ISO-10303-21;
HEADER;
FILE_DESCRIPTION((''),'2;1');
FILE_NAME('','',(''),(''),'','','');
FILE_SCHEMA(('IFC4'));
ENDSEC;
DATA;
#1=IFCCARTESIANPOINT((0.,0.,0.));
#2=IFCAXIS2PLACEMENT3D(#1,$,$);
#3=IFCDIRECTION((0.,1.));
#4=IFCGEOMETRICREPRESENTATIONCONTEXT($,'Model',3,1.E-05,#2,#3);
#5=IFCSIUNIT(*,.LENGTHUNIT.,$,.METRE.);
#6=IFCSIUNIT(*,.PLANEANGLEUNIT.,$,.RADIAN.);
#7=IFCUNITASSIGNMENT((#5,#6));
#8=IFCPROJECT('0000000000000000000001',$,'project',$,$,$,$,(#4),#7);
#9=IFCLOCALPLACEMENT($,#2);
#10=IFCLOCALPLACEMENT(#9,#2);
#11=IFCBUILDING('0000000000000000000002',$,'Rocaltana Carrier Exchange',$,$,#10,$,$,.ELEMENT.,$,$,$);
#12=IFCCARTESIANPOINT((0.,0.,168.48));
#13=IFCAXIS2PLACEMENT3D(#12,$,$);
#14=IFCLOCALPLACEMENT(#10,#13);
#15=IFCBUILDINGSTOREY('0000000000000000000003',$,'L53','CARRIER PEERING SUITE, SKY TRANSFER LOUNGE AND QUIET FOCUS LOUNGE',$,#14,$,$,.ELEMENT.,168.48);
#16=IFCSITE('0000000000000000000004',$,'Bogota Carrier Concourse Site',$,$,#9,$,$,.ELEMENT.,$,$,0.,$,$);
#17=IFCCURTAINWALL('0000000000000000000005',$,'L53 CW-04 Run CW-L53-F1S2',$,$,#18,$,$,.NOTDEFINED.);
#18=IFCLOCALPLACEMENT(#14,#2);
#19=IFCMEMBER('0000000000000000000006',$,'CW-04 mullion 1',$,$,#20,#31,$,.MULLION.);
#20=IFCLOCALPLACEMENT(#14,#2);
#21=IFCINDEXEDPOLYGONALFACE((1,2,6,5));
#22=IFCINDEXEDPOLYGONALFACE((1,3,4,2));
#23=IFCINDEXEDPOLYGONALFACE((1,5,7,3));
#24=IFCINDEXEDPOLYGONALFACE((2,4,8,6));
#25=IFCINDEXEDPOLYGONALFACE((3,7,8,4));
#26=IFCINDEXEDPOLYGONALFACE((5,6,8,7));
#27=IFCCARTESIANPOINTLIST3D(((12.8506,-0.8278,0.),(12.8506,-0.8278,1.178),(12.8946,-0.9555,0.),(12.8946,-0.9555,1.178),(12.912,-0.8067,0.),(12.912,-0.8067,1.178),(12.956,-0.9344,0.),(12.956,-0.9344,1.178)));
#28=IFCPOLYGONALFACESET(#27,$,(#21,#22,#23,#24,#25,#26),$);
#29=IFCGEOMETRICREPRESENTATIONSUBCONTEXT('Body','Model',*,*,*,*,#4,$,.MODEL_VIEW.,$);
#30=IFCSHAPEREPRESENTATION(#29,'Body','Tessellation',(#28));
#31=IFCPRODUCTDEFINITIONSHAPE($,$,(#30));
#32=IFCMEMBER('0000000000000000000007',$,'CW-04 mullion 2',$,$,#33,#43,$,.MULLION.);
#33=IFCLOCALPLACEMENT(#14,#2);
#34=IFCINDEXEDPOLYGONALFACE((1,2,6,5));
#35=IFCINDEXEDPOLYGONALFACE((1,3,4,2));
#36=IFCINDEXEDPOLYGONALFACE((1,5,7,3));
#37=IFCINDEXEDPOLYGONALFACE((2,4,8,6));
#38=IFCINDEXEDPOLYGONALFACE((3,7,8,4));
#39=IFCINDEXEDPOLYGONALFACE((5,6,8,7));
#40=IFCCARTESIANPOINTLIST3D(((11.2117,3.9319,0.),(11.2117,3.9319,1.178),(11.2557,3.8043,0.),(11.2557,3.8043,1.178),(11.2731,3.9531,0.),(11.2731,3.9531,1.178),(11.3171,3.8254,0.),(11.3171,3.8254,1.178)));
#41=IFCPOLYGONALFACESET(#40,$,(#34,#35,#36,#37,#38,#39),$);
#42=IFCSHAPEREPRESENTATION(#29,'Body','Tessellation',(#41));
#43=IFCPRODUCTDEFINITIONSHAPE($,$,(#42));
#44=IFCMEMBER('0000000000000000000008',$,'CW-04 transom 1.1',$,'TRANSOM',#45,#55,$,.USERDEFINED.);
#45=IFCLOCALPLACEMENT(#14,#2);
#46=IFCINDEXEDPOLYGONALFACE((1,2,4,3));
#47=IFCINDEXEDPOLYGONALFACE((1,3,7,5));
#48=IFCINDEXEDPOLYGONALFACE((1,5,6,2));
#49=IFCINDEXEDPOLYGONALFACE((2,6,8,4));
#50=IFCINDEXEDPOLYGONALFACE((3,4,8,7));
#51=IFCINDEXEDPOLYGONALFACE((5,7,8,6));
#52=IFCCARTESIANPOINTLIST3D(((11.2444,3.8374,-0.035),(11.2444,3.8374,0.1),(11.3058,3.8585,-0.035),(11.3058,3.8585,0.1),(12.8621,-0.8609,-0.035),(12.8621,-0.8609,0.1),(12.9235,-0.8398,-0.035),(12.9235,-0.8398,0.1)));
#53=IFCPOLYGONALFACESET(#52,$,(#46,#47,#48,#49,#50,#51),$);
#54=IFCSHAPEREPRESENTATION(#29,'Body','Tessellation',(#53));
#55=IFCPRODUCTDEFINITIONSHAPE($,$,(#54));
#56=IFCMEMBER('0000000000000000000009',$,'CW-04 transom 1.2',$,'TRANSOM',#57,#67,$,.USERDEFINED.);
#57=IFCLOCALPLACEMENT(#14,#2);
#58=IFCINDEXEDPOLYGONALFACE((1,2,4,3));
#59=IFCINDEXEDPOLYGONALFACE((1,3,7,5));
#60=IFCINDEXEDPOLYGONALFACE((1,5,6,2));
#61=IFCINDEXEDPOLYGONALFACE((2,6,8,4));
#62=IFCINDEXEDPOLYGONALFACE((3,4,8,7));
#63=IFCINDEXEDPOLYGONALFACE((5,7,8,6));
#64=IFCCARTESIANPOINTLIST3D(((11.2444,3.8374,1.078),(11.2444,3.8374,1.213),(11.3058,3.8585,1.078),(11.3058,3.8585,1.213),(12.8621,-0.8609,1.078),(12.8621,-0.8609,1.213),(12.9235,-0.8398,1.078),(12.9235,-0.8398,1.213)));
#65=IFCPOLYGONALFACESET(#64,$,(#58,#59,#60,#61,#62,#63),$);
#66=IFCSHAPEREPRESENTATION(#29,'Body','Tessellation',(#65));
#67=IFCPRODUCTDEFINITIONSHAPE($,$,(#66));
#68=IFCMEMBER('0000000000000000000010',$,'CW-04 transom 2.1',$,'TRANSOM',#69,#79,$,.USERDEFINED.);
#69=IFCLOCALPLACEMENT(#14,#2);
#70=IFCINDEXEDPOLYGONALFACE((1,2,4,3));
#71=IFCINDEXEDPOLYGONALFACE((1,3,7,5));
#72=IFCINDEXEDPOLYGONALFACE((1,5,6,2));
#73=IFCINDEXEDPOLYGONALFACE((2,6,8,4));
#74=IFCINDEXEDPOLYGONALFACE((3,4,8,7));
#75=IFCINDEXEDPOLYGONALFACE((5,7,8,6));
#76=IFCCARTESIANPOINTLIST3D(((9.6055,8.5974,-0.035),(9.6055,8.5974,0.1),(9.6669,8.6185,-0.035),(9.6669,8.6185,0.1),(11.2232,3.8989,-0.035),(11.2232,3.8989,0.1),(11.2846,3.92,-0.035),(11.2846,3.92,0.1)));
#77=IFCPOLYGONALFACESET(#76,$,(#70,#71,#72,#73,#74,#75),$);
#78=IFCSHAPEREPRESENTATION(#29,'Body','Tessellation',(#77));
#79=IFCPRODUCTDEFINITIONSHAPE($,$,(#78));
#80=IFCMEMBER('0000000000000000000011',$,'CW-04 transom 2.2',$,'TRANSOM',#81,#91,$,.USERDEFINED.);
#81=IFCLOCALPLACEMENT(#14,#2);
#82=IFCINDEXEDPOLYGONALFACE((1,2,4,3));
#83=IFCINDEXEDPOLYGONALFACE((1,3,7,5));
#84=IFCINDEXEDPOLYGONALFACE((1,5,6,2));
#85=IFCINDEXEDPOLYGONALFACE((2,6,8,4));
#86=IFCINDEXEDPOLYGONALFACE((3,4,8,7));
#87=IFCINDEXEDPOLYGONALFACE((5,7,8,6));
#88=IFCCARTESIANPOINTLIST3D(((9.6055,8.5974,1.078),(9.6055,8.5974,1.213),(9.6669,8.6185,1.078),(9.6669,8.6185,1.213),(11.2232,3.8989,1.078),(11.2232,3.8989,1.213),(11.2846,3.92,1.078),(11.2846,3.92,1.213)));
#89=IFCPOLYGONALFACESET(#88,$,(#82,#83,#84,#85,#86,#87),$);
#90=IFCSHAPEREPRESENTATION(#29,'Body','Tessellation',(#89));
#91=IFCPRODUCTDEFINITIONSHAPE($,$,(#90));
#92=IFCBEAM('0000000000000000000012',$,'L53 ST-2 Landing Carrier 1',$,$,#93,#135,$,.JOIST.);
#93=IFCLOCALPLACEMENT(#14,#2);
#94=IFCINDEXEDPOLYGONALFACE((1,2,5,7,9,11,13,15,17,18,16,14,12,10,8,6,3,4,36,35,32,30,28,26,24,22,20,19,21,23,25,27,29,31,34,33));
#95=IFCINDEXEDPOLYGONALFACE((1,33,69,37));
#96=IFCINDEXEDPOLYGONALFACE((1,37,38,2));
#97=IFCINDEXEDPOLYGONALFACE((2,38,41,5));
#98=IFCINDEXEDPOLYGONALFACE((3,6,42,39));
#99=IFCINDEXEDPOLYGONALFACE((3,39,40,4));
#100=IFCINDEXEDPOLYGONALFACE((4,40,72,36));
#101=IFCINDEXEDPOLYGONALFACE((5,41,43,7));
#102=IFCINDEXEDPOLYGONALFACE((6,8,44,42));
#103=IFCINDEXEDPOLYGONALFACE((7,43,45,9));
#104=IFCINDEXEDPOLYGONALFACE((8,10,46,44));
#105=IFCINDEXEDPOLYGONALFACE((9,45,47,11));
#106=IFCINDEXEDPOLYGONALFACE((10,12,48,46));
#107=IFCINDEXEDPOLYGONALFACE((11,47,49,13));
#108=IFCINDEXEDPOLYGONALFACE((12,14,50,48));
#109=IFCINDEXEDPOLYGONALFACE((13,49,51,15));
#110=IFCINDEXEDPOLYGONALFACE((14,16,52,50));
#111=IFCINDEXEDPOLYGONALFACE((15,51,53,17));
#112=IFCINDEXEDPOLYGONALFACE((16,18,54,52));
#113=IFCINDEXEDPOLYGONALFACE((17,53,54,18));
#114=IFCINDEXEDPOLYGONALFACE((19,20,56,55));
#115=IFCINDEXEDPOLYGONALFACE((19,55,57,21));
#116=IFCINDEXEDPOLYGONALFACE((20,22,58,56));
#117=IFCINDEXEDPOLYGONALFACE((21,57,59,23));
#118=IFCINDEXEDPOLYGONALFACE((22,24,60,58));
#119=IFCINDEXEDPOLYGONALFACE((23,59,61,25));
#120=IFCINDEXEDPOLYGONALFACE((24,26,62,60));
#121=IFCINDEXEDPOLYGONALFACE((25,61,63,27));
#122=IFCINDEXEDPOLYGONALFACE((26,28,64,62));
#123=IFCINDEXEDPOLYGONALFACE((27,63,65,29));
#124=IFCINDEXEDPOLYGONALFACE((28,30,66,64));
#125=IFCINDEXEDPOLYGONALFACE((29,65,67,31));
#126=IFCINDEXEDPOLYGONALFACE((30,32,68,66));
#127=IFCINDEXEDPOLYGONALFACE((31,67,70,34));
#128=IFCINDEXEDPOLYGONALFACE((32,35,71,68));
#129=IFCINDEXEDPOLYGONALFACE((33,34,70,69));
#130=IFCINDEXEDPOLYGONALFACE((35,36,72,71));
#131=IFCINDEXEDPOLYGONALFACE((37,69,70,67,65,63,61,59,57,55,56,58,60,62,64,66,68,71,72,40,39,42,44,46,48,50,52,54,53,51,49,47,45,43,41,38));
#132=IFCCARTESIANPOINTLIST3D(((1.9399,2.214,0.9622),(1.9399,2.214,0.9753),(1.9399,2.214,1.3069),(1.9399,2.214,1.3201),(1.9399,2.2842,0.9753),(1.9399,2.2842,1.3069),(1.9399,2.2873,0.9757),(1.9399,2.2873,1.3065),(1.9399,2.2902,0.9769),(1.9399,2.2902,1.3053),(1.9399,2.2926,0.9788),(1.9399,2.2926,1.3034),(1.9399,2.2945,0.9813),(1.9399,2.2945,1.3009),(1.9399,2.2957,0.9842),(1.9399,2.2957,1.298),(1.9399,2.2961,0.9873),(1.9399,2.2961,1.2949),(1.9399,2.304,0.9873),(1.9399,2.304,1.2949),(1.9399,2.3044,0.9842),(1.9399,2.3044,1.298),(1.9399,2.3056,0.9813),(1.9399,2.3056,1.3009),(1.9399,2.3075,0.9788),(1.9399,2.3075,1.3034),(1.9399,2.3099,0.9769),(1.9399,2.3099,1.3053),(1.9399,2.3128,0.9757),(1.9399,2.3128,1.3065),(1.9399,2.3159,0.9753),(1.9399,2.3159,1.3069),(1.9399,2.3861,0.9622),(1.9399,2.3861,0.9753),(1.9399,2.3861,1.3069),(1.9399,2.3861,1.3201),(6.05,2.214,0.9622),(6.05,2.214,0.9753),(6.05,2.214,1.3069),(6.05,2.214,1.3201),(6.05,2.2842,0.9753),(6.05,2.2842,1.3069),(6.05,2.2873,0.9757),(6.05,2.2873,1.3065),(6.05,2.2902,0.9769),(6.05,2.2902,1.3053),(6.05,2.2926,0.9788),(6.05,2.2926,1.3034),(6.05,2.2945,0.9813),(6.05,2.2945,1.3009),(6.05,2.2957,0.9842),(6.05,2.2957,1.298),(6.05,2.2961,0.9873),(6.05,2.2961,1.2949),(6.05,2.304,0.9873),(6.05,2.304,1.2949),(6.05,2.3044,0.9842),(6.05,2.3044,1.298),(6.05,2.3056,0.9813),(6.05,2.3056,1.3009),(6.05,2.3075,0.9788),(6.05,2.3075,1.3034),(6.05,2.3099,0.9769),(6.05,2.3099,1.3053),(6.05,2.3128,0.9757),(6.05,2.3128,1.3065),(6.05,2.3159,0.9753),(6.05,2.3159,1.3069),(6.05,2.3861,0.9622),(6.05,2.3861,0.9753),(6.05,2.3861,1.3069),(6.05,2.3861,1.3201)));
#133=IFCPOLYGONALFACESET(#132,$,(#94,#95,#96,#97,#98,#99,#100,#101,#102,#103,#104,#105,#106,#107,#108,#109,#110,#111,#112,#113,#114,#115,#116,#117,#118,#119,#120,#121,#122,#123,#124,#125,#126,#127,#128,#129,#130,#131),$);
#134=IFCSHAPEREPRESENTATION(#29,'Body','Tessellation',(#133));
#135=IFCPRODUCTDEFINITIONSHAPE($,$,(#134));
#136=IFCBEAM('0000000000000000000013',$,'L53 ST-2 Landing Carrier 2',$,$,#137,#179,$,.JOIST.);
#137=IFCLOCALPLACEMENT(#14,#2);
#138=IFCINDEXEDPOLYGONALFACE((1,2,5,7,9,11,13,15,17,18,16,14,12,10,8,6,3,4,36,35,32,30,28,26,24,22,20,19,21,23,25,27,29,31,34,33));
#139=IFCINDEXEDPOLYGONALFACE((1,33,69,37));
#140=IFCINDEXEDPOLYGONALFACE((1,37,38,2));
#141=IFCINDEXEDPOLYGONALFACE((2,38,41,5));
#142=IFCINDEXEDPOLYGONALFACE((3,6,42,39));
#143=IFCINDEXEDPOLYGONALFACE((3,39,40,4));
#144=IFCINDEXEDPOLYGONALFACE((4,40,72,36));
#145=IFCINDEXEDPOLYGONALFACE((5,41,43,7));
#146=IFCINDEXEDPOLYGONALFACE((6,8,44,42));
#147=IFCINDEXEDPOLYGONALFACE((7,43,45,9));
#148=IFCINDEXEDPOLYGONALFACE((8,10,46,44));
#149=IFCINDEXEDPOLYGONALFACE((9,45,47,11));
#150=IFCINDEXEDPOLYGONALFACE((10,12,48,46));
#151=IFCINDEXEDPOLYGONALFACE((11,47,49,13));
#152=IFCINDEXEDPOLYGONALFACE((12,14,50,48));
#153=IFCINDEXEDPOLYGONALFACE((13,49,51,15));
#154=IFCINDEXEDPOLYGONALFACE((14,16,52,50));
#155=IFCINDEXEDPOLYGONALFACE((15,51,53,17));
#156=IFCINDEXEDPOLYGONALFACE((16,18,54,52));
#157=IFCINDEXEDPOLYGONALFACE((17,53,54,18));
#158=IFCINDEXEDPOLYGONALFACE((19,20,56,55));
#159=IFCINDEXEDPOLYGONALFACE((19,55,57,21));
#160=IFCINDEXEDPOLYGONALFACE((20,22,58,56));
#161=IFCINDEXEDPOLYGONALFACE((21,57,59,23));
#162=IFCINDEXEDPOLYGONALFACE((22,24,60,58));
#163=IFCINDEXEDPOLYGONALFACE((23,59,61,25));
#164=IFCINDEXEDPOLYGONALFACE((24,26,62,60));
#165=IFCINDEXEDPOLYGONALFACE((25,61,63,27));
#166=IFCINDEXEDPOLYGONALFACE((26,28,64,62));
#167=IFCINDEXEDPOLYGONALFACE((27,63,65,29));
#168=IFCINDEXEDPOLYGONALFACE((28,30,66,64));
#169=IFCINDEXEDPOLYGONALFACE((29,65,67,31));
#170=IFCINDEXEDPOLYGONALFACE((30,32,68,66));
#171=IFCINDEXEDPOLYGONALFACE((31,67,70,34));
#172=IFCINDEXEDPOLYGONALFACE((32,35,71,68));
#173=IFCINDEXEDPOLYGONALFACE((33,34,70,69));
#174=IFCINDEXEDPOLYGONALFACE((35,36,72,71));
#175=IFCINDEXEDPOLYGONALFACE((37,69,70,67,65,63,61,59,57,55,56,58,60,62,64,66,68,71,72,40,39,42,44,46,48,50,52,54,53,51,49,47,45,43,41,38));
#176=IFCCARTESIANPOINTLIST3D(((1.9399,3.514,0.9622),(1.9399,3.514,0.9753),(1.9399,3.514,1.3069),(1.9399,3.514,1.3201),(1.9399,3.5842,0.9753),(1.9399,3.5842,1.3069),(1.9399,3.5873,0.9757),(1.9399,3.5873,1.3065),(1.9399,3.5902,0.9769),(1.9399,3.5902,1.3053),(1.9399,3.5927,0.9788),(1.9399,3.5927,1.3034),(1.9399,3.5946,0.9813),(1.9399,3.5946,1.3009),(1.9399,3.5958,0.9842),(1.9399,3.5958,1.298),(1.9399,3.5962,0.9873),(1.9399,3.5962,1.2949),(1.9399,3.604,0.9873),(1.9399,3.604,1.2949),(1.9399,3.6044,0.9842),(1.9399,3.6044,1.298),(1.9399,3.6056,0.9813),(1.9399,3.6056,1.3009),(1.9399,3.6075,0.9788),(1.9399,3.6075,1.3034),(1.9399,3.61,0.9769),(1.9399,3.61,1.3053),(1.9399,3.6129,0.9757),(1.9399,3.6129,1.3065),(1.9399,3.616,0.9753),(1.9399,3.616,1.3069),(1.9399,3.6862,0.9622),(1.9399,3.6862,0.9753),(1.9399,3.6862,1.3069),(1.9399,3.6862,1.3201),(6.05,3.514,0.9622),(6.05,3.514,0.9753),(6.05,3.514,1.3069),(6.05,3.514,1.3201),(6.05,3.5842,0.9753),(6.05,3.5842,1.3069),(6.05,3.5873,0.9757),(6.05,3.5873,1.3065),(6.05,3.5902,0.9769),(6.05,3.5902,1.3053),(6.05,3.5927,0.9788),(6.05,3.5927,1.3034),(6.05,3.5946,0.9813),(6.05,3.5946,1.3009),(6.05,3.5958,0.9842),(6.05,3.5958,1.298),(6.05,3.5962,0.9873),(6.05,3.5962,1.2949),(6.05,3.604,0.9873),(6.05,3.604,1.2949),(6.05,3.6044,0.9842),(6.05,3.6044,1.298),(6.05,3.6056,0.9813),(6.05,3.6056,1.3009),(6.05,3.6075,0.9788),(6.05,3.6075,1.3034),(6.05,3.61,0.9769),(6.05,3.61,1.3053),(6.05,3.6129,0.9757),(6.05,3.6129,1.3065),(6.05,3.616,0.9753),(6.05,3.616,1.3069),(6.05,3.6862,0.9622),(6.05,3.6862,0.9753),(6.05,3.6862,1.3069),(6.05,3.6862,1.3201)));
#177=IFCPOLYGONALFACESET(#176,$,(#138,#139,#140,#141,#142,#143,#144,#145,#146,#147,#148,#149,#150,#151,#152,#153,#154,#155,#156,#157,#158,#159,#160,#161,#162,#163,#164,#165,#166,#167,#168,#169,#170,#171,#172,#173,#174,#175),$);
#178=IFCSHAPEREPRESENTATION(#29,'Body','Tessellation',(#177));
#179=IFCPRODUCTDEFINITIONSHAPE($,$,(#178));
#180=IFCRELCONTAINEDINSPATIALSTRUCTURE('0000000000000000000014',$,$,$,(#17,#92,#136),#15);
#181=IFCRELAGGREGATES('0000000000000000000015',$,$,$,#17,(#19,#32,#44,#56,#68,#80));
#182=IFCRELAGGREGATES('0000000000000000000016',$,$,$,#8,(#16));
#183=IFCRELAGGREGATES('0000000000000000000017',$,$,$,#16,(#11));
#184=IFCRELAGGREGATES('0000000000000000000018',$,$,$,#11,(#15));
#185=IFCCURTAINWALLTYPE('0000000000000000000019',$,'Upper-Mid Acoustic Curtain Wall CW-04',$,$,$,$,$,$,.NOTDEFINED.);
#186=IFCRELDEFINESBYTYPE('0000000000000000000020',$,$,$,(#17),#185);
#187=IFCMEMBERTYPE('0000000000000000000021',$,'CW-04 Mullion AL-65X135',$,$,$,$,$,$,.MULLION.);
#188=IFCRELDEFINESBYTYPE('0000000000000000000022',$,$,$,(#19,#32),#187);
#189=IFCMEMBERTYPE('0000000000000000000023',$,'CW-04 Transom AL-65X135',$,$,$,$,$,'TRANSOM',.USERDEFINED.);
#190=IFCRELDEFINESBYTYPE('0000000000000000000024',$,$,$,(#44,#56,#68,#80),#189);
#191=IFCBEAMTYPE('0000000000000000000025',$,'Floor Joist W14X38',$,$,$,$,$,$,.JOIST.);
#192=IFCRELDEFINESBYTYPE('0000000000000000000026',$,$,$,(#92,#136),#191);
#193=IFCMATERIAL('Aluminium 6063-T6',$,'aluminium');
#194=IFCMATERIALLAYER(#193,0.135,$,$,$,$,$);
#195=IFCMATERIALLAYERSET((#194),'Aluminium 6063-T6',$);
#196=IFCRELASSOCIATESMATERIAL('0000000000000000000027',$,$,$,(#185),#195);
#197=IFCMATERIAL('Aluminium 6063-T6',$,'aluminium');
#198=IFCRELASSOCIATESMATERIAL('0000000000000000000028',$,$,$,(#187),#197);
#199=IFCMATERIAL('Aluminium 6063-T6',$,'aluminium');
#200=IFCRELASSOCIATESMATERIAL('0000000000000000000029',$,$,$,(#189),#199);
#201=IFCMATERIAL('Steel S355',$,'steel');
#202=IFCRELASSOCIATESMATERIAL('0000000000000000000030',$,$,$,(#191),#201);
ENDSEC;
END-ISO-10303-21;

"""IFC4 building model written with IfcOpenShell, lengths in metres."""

from ifc_helpers import new_model, si_unit, direction, frame, origin, origin_2d, place, context, subcontext, project, spatial, rectangle, i_section, extrude, material, layer, layer_set, material_profile, profile_set, type_object, element, aggregate, save


model = new_model("IFC4")

# Units and contexts
model_context = context("Model", 3, precision=1e-05, world=origin(), true_north=direction((0.0, 1.0)))
body_context = subcontext(model_context, "Body", "Model", "MODEL_VIEW")
ifc_project = project(units=[si_unit("LENGTHUNIT", "METRE"), si_unit("PLANEANGLEUNIT", "RADIAN")], contexts=[model_context])

# Site, building, storey
site_placement = place(None, origin())
site = spatial("IfcSite", under=ifc_project, at=site_placement, Name="Bogota Carrier Concourse Site", CompositionType="ELEMENT", RefElevation=0.0)
building_placement = place(site_placement, origin())
building = spatial("IfcBuilding", under=site, at=building_placement, Name="Rocaltana Carrier Exchange", CompositionType="ELEMENT")
storey_placement = place(building_placement, frame((0.0, 0.0, 168.48)))
storey = spatial("IfcBuildingStorey", under=building, at=storey_placement, Name="L53", Description="CARRIER PEERING SUITE, SKY TRANSFER LOUNGE AND QUIET FOCUS LOUNGE", CompositionType="ELEMENT", Elevation=168.48)

# Curtain wall, members
ifc_material_1 = material(Name="Aluminium 6063-T6", Category="aluminium")
ifc_layer_1 = layer(ifc_material_1, 0.135)
ifc_layer_set_1 = layer_set([ifc_layer_1], Name="Aluminium 6063-T6")
curtain_wall_type = type_object("IfcCurtainWallType", Name="Upper-Mid Acoustic Curtain Wall CW-04", PredefinedType="NOTDEFINED", material=ifc_layer_set_1)
curtain_wall_placement = place(storey_placement, origin())
curtain_wall = element("IfcCurtainWall", 1, at=curtain_wall_placement, inside=storey, type_object=curtain_wall_type, Name="L53 CW-04 Run CW-L53-F1S2", PredefinedType="NOTDEFINED")
ifc_material_2 = material(Name="Aluminium 6063-T6", Category="aluminium")
ifc_material_profile_1 = material_profile(ifc_material_2, rectangle(XDim=0.0649, YDim=0.135, at=origin_2d()), Name="AL-65X135")
ifc_profile_set_1 = profile_set([ifc_material_profile_1], Name="Aluminium 6063-T6")
member_type_1 = type_object("IfcMemberType", Name="CW-04 Mullion AL-65X135", PredefinedType="MULLION", material=ifc_profile_set_1)
member_1_placement = place(storey_placement, frame((12.9033, -0.8811, 0.0), z_axis=(0.0, 0.0, 1.0), x_axis=(-0.945521, -0.325562, 0.0)))
member_1 = element("IfcMember", 2, at=member_1_placement, type_object=member_type_1, Name="CW-04 mullion 1", PredefinedType="MULLION", context=body_context, shape_type="SweptSolid", body=[
    extrude(rectangle(XDim=0.0649, YDim=0.135, at=origin_2d()), origin(), (0.0, 0.0, 1.0), 1.178),
])
member_2_placement = place(storey_placement, frame((11.2644, 3.8787, 0.0), z_axis=(0.0, 0.0, 1.0), x_axis=(-0.945521, -0.325562, 0.0)))
member_2 = element("IfcMember", 3, at=member_2_placement, type_object=member_type_1, Name="CW-04 mullion 2", PredefinedType="MULLION", context=body_context, shape_type="SweptSolid", body=[
    extrude(rectangle(XDim=0.0649, YDim=0.135, at=origin_2d()), origin(), (0.0, 0.0, 1.0), 1.178),
])
ifc_material_3 = material(Name="Aluminium 6063-T6", Category="aluminium")
ifc_material_profile_2 = material_profile(ifc_material_3, rectangle(XDim=0.0649, YDim=0.135, at=origin_2d()), Name="AL-65X135")
ifc_profile_set_2 = profile_set([ifc_material_profile_2], Name="Aluminium 6063-T6")
member_type_2 = type_object("IfcMemberType", Name="CW-04 Transom AL-65X135", ElementType="TRANSOM", PredefinedType="USERDEFINED", material=ifc_profile_set_2)
member_3_placement = place(storey_placement, frame((12.8928, -0.8503, 0.0325), z_axis=(-0.325558, 0.945522, 0.0), x_axis=(-0.945522, -0.325558, 0.0)))
member_3 = element("IfcMember", 4, at=member_3_placement, type_object=member_type_2, Name="CW-04 transom 1.1", ObjectType="TRANSOM", PredefinedType="USERDEFINED", context=body_context, shape_type="SweptSolid", body=[
    extrude(rectangle(XDim=0.0649, YDim=0.135, at=origin_2d()), origin(), (0.0, 0.0, 1.0), 4.969),
])
member_4_placement = place(storey_placement, frame((12.8928, -0.8503, 1.1455), z_axis=(-0.325558, 0.945522, 0.0), x_axis=(-0.945522, -0.325558, 0.0)))
member_4 = element("IfcMember", 5, at=member_4_placement, type_object=member_type_2, Name="CW-04 transom 1.2", ObjectType="TRANSOM", PredefinedType="USERDEFINED", context=body_context, shape_type="SweptSolid", body=[
    extrude(rectangle(XDim=0.0649, YDim=0.135, at=origin_2d()), origin(), (0.0, 0.0, 1.0), 4.969),
])
member_5_placement = place(storey_placement, frame((11.2539, 3.9094, 0.0325), z_axis=(-0.325542, 0.945527, 0.0), x_axis=(-0.945527, -0.325542, 0.0)))
member_5 = element("IfcMember", 6, at=member_5_placement, type_object=member_type_2, Name="CW-04 transom 2.1", ObjectType="TRANSOM", PredefinedType="USERDEFINED", context=body_context, shape_type="SweptSolid", body=[
    extrude(rectangle(XDim=0.0649, YDim=0.135, at=origin_2d()), origin(), (0.0, 0.0, 1.0), 4.9692),
])
member_6_placement = place(storey_placement, frame((11.2539, 3.9094, 1.1455), z_axis=(-0.325542, 0.945527, 0.0), x_axis=(-0.945527, -0.325542, 0.0)))
member_6 = element("IfcMember", 7, at=member_6_placement, type_object=member_type_2, Name="CW-04 transom 2.2", ObjectType="TRANSOM", PredefinedType="USERDEFINED", context=body_context, shape_type="SweptSolid", body=[
    extrude(rectangle(XDim=0.0649, YDim=0.135, at=origin_2d()), origin(), (0.0, 0.0, 1.0), 4.9692),
])

# Beams
ifc_material_4 = material(Name="Steel S355", Category="steel")
ifc_material_profile_3 = material_profile(ifc_material_4, i_section(OverallWidth=0.1721, OverallDepth=0.3579, WebThickness=0.0078, FlangeThickness=0.0132, FilletRadius=0.012, at=origin_2d()), Name="W14X38")
ifc_profile_set_3 = profile_set([ifc_material_profile_3], Name="Steel S355")
beam_type_1 = type_object("IfcBeamType", Name="Floor Joist W14X38", PredefinedType="JOIST", material=ifc_profile_set_3)
for number, where, z_axis, x_axis, name in (
    (8, (1.9399, 2.3, 1.1411), (1.0, 0.0, 0.0), (0.0, 1.0, 0.0), "L53 ST-2 Landing Carrier 1"),
    (9, (1.9399, 3.6001, 1.1411), (1.0, 0.0, 0.0), (0.0, 1.0, 0.0), "L53 ST-2 Landing Carrier 2"),
):
    element("IfcBeam", number, at=place(storey_placement, frame(where, z_axis=z_axis, x_axis=x_axis)), inside=storey, type_object=beam_type_1, Name=name, PredefinedType="JOIST", context=body_context, shape_type="SweptSolid", body=[
        extrude(i_section(OverallWidth=0.1721, OverallDepth=0.3579, WebThickness=0.0078, FlangeThickness=0.0132, FilletRadius=0.012, at=origin_2d()), origin(), (0.0, 0.0, 1.0), 4.1101),
    ])

aggregate(curtain_wall, [member_1, member_2, member_3, member_4, member_5, member_6])

save(model, "model.ifc")
